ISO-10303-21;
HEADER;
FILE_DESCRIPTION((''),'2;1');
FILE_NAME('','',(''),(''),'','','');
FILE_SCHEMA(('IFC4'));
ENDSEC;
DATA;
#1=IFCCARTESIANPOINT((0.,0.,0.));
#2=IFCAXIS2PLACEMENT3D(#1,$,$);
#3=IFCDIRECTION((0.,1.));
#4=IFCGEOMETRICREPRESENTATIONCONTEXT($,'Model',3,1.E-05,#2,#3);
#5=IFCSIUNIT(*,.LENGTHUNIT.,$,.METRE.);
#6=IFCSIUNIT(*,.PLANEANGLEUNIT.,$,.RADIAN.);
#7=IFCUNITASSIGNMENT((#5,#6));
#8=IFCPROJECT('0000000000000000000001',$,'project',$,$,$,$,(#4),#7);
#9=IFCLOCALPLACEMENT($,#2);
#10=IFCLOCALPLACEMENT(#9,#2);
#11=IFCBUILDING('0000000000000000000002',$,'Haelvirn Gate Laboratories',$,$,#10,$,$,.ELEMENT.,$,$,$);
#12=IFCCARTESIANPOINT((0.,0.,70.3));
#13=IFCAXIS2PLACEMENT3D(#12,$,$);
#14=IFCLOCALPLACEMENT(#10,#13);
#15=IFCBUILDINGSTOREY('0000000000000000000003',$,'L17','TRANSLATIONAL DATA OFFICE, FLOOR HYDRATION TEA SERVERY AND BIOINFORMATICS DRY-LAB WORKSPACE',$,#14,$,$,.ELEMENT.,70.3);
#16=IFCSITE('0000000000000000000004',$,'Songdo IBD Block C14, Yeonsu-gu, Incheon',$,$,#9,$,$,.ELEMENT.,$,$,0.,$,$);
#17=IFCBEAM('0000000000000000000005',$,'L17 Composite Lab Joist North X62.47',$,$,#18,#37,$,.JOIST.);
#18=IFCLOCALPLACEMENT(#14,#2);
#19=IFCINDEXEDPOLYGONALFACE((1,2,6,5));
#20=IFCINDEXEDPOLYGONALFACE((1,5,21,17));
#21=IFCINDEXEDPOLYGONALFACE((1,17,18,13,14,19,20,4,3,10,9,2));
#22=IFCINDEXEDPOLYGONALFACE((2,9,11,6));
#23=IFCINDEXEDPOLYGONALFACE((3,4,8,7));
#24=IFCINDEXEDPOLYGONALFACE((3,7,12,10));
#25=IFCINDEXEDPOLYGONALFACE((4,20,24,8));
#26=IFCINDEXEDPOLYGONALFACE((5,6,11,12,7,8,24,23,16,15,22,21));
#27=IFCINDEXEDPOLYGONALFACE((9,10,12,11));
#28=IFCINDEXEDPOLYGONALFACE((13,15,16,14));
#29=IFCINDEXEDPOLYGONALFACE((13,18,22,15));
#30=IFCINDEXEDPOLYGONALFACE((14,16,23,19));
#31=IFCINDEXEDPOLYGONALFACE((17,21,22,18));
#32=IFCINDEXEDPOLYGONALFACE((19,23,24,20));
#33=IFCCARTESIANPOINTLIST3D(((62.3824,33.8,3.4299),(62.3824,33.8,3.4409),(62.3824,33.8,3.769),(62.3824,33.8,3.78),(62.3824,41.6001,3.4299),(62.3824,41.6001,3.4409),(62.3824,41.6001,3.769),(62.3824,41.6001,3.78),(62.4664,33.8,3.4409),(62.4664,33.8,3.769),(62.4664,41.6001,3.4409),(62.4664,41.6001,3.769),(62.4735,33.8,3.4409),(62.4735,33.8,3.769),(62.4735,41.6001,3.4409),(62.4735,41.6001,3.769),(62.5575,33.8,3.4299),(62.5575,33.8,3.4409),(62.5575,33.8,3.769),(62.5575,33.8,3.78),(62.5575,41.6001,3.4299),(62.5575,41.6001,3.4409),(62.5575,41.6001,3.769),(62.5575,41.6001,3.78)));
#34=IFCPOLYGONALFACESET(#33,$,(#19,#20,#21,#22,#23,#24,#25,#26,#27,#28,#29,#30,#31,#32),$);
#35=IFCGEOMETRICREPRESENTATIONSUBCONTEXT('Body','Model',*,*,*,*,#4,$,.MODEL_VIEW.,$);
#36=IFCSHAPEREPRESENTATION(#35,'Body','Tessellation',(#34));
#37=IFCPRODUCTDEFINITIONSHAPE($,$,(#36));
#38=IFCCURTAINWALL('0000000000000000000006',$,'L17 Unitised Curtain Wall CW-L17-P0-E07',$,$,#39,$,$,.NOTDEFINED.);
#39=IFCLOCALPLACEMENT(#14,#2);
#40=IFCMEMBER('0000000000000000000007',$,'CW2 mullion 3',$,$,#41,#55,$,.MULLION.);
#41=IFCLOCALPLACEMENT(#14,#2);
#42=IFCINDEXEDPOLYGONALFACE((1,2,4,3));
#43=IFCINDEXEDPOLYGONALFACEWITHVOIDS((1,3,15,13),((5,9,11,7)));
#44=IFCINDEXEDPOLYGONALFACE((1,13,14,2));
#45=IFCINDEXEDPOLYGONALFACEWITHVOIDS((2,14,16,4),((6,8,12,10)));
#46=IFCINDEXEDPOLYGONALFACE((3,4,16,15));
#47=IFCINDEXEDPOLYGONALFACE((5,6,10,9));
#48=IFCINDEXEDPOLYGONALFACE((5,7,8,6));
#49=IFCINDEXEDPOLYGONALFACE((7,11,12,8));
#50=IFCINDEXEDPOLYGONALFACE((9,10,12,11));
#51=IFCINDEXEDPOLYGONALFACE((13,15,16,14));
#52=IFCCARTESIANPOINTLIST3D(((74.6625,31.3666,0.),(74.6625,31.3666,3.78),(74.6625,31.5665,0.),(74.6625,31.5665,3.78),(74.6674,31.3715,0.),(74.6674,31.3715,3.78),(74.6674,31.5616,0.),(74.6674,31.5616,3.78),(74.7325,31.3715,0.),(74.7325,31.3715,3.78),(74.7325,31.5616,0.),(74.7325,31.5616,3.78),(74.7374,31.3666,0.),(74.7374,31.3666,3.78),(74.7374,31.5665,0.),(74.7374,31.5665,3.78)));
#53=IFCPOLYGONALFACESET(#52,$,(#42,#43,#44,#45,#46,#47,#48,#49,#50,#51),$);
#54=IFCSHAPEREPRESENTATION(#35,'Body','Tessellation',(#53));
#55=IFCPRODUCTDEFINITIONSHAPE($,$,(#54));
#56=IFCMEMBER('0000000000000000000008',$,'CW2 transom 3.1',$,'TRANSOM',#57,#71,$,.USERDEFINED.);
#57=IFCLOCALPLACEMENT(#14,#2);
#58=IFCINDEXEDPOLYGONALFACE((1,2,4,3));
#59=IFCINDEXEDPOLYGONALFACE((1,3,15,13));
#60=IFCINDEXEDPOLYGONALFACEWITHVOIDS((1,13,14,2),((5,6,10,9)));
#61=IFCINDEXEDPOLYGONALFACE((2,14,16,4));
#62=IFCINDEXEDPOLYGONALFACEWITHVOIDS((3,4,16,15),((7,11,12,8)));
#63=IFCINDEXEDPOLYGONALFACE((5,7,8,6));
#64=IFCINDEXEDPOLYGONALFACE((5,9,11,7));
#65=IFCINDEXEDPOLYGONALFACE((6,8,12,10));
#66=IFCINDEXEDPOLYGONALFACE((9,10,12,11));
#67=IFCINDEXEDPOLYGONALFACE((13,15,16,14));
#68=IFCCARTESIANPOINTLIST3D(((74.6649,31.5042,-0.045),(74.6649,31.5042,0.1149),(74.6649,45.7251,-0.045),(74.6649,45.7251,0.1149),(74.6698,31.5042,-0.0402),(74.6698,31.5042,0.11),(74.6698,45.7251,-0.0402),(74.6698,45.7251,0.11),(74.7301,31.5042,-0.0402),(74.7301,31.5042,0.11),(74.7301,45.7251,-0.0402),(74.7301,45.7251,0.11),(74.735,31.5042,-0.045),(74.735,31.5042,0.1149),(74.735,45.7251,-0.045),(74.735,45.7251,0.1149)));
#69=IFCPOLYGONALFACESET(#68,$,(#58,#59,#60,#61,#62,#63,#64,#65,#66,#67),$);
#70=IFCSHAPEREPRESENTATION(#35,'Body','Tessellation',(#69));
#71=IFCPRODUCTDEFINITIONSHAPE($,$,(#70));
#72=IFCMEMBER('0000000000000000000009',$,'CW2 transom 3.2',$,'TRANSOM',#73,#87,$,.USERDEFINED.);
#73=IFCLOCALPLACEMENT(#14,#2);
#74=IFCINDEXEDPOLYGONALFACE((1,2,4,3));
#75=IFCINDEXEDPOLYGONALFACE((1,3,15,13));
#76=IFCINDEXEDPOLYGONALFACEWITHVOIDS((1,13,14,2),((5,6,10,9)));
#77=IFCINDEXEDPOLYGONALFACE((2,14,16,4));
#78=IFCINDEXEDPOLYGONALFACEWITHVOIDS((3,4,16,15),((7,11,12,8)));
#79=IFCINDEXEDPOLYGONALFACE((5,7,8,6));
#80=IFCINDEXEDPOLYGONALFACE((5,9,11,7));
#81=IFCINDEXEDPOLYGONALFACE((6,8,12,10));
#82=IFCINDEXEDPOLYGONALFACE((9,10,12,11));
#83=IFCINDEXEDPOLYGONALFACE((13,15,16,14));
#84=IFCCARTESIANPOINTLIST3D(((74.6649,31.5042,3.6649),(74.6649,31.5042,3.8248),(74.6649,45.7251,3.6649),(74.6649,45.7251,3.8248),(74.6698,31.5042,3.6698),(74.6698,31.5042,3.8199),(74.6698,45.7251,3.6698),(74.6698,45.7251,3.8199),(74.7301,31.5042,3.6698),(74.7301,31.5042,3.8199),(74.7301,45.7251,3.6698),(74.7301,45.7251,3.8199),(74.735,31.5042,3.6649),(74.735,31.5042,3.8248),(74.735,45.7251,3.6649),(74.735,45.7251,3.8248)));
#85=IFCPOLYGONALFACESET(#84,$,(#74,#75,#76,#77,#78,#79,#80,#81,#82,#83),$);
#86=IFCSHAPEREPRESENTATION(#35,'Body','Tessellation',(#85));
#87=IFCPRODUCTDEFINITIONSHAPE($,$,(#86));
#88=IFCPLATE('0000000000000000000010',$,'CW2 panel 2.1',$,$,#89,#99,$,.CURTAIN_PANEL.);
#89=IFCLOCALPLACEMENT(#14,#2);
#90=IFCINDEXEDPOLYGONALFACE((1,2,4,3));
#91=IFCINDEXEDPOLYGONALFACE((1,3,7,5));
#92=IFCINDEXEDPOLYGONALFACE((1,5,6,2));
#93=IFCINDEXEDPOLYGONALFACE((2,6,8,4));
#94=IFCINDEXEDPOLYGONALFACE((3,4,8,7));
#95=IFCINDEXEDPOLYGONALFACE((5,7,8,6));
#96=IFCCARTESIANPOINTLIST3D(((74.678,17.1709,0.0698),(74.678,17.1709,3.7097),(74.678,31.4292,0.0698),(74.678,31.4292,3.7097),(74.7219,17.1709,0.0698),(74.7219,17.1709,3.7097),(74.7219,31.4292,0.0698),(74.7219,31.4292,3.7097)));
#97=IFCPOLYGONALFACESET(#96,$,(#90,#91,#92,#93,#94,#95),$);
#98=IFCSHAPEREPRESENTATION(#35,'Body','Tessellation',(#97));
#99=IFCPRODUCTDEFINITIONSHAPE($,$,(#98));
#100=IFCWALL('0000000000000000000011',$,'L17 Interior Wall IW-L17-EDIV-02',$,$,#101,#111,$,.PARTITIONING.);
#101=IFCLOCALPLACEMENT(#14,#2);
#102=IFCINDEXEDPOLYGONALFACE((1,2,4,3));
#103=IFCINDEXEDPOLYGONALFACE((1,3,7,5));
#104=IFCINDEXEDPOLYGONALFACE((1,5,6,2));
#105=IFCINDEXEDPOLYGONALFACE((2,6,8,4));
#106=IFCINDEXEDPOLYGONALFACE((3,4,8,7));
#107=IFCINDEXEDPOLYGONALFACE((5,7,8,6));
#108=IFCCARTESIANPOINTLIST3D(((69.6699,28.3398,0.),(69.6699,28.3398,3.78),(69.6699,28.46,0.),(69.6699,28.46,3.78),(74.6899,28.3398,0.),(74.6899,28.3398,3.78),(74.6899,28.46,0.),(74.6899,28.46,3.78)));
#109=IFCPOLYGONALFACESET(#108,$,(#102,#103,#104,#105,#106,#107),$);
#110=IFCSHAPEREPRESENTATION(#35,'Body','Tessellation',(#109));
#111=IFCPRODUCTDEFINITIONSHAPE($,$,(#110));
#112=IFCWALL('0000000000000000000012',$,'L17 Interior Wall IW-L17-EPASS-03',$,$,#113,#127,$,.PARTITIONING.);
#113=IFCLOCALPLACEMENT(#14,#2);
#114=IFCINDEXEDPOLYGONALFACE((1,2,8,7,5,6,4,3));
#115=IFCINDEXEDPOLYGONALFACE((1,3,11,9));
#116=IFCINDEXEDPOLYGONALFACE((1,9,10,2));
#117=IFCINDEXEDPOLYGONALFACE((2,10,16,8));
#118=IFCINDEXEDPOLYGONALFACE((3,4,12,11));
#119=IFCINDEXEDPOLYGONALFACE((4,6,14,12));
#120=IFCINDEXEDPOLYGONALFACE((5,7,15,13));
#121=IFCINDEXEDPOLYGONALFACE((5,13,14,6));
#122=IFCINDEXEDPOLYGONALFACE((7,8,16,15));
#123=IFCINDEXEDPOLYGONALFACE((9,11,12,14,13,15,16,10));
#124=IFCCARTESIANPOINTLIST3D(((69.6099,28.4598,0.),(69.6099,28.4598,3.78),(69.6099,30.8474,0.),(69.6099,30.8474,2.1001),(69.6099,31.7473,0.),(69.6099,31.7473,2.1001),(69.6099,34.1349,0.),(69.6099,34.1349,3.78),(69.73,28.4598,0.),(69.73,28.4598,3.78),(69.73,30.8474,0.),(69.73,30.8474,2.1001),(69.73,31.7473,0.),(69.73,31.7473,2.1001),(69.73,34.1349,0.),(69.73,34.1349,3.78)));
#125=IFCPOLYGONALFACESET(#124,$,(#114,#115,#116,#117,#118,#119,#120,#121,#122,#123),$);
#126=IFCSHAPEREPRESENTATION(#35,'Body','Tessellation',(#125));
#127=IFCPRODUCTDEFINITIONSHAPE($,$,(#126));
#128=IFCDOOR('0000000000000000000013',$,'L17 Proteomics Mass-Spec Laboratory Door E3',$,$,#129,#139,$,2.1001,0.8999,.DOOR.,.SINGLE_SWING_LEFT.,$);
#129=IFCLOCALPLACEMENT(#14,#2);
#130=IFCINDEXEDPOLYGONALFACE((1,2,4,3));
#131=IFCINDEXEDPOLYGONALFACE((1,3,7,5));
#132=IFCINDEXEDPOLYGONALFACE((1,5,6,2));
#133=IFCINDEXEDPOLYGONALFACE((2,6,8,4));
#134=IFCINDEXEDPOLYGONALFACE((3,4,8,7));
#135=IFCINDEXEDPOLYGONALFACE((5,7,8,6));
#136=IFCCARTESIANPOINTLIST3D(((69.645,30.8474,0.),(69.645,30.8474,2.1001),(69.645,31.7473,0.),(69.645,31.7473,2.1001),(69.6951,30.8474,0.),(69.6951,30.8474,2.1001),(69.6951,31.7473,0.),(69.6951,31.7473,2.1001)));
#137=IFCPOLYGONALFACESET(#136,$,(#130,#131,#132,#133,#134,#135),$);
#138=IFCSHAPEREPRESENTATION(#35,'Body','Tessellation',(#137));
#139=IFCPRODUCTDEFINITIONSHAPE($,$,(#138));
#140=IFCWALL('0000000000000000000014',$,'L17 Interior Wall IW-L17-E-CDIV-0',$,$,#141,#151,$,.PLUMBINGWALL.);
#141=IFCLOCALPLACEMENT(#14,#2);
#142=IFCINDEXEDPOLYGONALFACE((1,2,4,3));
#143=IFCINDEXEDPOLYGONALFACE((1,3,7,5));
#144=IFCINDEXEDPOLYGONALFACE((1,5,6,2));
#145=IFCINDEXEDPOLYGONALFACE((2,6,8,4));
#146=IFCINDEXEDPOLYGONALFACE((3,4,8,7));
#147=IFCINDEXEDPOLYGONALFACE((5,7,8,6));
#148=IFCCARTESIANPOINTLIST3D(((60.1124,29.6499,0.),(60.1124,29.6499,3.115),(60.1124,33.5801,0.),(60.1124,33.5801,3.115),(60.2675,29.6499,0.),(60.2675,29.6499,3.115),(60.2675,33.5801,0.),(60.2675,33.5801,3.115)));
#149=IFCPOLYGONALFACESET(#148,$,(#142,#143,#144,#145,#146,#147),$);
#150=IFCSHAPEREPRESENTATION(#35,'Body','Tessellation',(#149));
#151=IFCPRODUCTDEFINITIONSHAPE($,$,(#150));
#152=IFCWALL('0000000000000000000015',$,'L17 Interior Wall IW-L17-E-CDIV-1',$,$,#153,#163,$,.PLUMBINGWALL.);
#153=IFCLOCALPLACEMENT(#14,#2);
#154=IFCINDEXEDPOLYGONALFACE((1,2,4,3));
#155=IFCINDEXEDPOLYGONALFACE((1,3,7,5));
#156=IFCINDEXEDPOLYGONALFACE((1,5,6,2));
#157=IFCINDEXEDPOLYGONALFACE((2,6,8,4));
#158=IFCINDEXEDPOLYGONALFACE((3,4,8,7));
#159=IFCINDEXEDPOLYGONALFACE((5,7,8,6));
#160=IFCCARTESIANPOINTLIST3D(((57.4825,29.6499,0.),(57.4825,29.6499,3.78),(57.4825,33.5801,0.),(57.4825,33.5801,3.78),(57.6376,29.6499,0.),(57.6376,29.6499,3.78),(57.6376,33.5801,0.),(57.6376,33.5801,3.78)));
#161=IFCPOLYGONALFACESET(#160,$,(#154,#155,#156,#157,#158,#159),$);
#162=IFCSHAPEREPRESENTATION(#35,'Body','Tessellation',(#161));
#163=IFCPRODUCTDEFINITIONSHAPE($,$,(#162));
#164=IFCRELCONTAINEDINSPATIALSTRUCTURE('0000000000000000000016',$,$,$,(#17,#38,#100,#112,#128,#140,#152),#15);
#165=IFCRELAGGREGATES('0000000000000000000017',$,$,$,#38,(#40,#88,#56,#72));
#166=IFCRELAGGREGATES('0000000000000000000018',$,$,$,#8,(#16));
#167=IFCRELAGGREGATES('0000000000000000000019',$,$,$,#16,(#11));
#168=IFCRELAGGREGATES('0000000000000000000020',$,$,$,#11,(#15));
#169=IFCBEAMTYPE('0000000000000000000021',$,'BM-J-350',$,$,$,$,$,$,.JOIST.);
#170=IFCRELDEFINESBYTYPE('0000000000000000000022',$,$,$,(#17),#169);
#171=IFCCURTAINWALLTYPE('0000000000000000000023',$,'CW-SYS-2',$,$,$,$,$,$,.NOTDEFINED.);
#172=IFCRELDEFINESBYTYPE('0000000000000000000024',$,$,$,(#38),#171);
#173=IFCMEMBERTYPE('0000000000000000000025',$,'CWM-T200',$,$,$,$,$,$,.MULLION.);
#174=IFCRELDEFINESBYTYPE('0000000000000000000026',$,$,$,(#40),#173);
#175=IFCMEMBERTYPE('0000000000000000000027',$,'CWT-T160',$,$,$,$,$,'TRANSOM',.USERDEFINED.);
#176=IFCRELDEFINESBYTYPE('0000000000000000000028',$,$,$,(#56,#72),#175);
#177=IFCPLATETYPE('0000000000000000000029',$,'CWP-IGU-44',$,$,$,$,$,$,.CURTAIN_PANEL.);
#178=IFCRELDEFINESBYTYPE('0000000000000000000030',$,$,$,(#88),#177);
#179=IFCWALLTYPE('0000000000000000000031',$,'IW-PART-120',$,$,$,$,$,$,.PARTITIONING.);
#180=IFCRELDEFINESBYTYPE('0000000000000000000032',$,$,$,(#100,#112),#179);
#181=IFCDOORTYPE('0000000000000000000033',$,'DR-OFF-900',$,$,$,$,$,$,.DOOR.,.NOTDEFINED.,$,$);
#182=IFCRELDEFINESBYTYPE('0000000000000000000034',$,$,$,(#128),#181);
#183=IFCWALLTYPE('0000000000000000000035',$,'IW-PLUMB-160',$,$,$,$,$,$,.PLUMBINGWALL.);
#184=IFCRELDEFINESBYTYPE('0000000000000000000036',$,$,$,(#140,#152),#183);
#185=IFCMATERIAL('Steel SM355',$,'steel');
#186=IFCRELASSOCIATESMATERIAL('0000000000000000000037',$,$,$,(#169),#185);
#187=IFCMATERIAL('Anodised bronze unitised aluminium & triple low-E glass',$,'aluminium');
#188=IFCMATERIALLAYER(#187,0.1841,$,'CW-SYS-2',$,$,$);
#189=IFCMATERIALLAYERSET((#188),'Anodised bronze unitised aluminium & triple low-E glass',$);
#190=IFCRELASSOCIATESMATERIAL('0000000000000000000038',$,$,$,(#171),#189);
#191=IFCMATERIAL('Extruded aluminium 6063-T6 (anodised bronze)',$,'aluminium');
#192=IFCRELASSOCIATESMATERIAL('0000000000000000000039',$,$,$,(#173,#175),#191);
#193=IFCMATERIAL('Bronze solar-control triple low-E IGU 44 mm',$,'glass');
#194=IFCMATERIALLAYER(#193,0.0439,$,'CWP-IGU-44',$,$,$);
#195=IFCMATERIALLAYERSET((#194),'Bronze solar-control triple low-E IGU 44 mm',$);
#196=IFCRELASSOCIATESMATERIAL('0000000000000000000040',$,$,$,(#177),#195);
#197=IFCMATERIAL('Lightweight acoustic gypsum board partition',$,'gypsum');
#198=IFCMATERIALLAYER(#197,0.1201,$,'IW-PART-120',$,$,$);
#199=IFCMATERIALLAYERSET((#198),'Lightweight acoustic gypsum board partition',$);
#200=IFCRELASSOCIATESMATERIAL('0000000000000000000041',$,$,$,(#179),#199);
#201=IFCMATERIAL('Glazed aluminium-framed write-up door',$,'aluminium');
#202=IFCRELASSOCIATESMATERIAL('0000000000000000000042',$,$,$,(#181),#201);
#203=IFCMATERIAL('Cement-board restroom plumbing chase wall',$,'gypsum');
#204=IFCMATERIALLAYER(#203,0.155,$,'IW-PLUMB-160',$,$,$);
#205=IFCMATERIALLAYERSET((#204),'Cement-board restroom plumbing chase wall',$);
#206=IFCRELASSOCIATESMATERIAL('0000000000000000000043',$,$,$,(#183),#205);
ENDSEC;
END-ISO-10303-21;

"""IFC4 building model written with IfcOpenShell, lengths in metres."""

from ifc_helpers import new_model, si_unit, direction, frame, frame_2d, origin, origin_2d, place, context, subcontext, project, spatial, rectangle, hollow_rectangle, i_section, extrude, source, transform, mapped, material, layer, layer_set, material_profile, profile_set, type_object, type_shapes, element, fill, aggregate, save


model = new_model("IFC4")

# Units and contexts
model_context = context("Model", 3, precision=1e-05, world=origin(), true_north=direction((0.0, 1.0)))
body_context = subcontext(model_context, "Body", "Model", "MODEL_VIEW")
ifc_project = project(units=[si_unit("LENGTHUNIT", "METRE"), si_unit("PLANEANGLEUNIT", "RADIAN")], contexts=[model_context])

# Site, building, storey
site_placement = place(None, origin())
site = spatial("IfcSite", under=ifc_project, at=site_placement, Name="Songdo IBD Block C14, Yeonsu-gu, Incheon", CompositionType="ELEMENT", RefElevation=0.0)
building_placement = place(site_placement, origin())
building = spatial("IfcBuilding", under=site, at=building_placement, Name="Haelvirn Gate Laboratories", CompositionType="ELEMENT")
storey_placement = place(building_placement, frame((0.0, 0.0, 70.3)))
storey = spatial("IfcBuildingStorey", under=building, at=storey_placement, Name="L17", Description="TRANSLATIONAL DATA OFFICE, FLOOR HYDRATION TEA SERVERY AND BIOINFORMATICS DRY-LAB WORKSPACE", CompositionType="ELEMENT", Elevation=70.3)

# Beam
ifc_material_1 = material(Name="Steel SM355", Category="steel")
ifc_material_profile_1 = material_profile(ifc_material_1, i_section(OverallWidth=0.175, OverallDepth=0.3501, WebThickness=0.0071, FlangeThickness=0.011, at=origin_2d()), Name="H-350x175x7x11")
ifc_profile_set_1 = profile_set([ifc_material_profile_1], Name="Steel SM355")
beam_type = type_object("IfcBeamType", Name="BM-J-350", PredefinedType="JOIST", material=ifc_profile_set_1)
shared_shape_1 = source(origin(), body_context, "Body", "SweptSolid", [
    extrude(i_section(OverallWidth=0.175, OverallDepth=0.3501, WebThickness=0.0071, FlangeThickness=0.011, at=origin_2d()), origin(), (0.0, 0.0, 1.0), 7.8),
])
type_shapes(beam_type, [shared_shape_1])
beam_placement = place(storey_placement, frame((62.47, 33.8, 3.605), z_axis=(0.0, 1.0, 0.0), x_axis=(-1.0, 0.0, 0.0)))
element("IfcBeam", 1, at=beam_placement, inside=storey, type_object=beam_type, Name="L17 Composite Lab Joist North X62.47", PredefinedType="JOIST", context=body_context, shape_type="MappedRepresentation", body=[
    mapped(shared_shape_1, transform((0.0, 0.0, 0.0), scale=1.0)),
])

# Curtain wall, members, plate
ifc_material_2 = material(Name="Anodised bronze unitised aluminium & triple low-E glass", Category="aluminium")
ifc_layer_1 = layer(ifc_material_2, 0.1841, Name="CW-SYS-2")
ifc_layer_set_1 = layer_set([ifc_layer_1], Name="Anodised bronze unitised aluminium & triple low-E glass")
curtain_wall_type = type_object("IfcCurtainWallType", Name="CW-SYS-2", PredefinedType="NOTDEFINED", material=ifc_layer_set_1)
curtain_wall_placement = place(storey_placement, origin())
curtain_wall = element("IfcCurtainWall", 2, at=curtain_wall_placement, inside=storey, type_object=curtain_wall_type, Name="L17 Unitised Curtain Wall CW-L17-P0-E07", PredefinedType="NOTDEFINED")
ifc_material_3 = material(Name="Extruded aluminium 6063-T6 (anodised bronze)", Category="aluminium")
ifc_material_profile_2 = material_profile(ifc_material_3, hollow_rectangle(XDim=0.075, YDim=0.2, WallThickness=0.0049, at=origin_2d()), Name="CWM-200x75x5")
ifc_profile_set_2 = profile_set([ifc_material_profile_2], Name="Extruded aluminium 6063-T6 (anodised bronze)")
member_type_1 = type_object("IfcMemberType", Name="CWM-T200", PredefinedType="MULLION", material=ifc_profile_set_2)
shared_shape_2 = source(origin(), body_context, "Body", "SweptSolid", [
    extrude(hollow_rectangle(XDim=0.075, YDim=0.2, WallThickness=0.0049, at=origin_2d()), origin(), (0.0, 0.0, 1.0), 3.78),
])
type_shapes(member_type_1, [shared_shape_2])
member_1_placement = place(storey_placement, frame((74.7, 31.4666, 0.0), z_axis=(0.0, 0.0, 1.0), x_axis=(-1.0, 0.0, 0.0)))
member_1 = element("IfcMember", 3, at=member_1_placement, type_object=member_type_1, Name="CW2 mullion 3", PredefinedType="MULLION", context=body_context, shape_type="MappedRepresentation", body=[
    mapped(shared_shape_2, transform((0.0, 0.0, 0.0), scale=1.0)),
])
ifc_material_profile_3 = material_profile(ifc_material_3, hollow_rectangle(XDim=0.0701, YDim=0.1599, WallThickness=0.0049, at=origin_2d()), Name="CWT-160x70x5")
ifc_profile_set_3 = profile_set([ifc_material_profile_3], Name="Extruded aluminium 6063-T6 (anodised bronze)")
member_type_2 = type_object("IfcMemberType", Name="CWT-T160", ElementType="TRANSOM", PredefinedType="USERDEFINED", material=ifc_profile_set_3)
shared_shape_3 = source(origin(), body_context, "Body", "SweptSolid", [
    extrude(hollow_rectangle(XDim=0.0701, YDim=0.1599, WallThickness=0.0049, at=origin_2d()), origin(), (0.0, 0.0, 1.0), 14.2209),
])
type_shapes(member_type_2, [shared_shape_3])
member_2_placement = place(storey_placement, frame((74.7, 31.5042, 0.0349), z_axis=(0.0, 1.0, 0.0), x_axis=(-1.0, 0.0, 0.0)))
member_2 = element("IfcMember", 4, at=member_2_placement, type_object=member_type_2, Name="CW2 transom 3.1", ObjectType="TRANSOM", PredefinedType="USERDEFINED", context=body_context, shape_type="MappedRepresentation", body=[
    mapped(shared_shape_3, transform((0.0, 0.0, 0.0), scale=1.0)),
])
member_3_placement = place(storey_placement, frame((74.7, 31.5042, 3.7449), z_axis=(0.0, 1.0, 0.0), x_axis=(-1.0, 0.0, 0.0)))
member_3 = element("IfcMember", 5, at=member_3_placement, type_object=member_type_2, Name="CW2 transom 3.2", ObjectType="TRANSOM", PredefinedType="USERDEFINED", context=body_context, shape_type="MappedRepresentation", body=[
    mapped(shared_shape_3, transform((0.0, 0.0, 0.0), scale=1.0)),
])
ifc_material_4 = material(Name="Bronze solar-control triple low-E IGU 44 mm", Category="glass")
ifc_layer_2 = layer(ifc_material_4, 0.0439, Name="CWP-IGU-44")
ifc_layer_set_2 = layer_set([ifc_layer_2], Name="Bronze solar-control triple low-E IGU 44 mm")
plate_type = type_object("IfcPlateType", Name="CWP-IGU-44", PredefinedType="CURTAIN_PANEL", material=ifc_layer_set_2)
shared_shape_4 = source(origin(), body_context, "Body", "SweptSolid", [
    extrude(rectangle(XDim=14.2583, YDim=0.0439, at=origin_2d()), origin(), (0.0, 0.0, 1.0), 3.6399),
])
type_shapes(plate_type, [shared_shape_4])
plate_placement = place(storey_placement, frame((74.7, 24.3, 0.0698), z_axis=(0.0, 0.0, 1.0), x_axis=(0.0, 1.0, 0.0)))
plate = element("IfcPlate", 6, at=plate_placement, type_object=plate_type, Name="CW2 panel 2.1", PredefinedType="CURTAIN_PANEL", context=body_context, shape_type="MappedRepresentation", body=[
    mapped(shared_shape_4, transform((0.0, 0.0, 0.0), scale=1.0)),
])
aggregate(curtain_wall, [member_1, plate, member_2, member_3])

# Wall
ifc_material_5 = material(Name="Lightweight acoustic gypsum board partition", Category="gypsum")
ifc_layer_3 = layer(ifc_material_5, 0.1201, Name="IW-PART-120")
ifc_layer_set_3 = layer_set([ifc_layer_3], Name="Lightweight acoustic gypsum board partition")
wall_type_1 = type_object("IfcWallType", Name="IW-PART-120", PredefinedType="PARTITIONING", material=ifc_layer_set_3)
wall_1_placement = place(storey_placement, frame((69.6699, 28.3999, 0.0), z_axis=(0.0, 0.0, 1.0), x_axis=(1.0, 0.0, 0.0)))
element("IfcWall", 7, at=wall_1_placement, inside=storey, type_object=wall_type_1, Name="L17 Interior Wall IW-L17-EDIV-02", PredefinedType="PARTITIONING", context=body_context, shape_type="SweptSolid", body=[
    extrude(rectangle(XDim=5.02, YDim=0.1201, at=frame_2d((2.51, 0.0))), origin(), (0.0, 0.0, 1.0), 3.78),
])

# Wall, opening, door
wall_2_placement = place(storey_placement, frame((69.6699, 28.46, 0.0), z_axis=(0.0, 0.0, 1.0), x_axis=(0.0, 1.0, 0.0)))
wall_2 = element("IfcWall", 8, at=wall_2_placement, inside=storey, type_object=wall_type_1, Name="L17 Interior Wall IW-L17-EPASS-03", PredefinedType="PARTITIONING", context=body_context, shape_type="SweptSolid", body=[
    extrude(rectangle(XDim=5.675, YDim=0.1201, at=frame_2d((2.8374, 0.0))), origin(), (0.0, 0.0, 1.0), 3.78),
])
opening_1_placement = place(wall_2_placement, frame((2.3875, 0.0, 0.0)))
opening_1 = element("IfcOpeningElement", 9, at=opening_1_placement, cuts=wall_2, PredefinedType="OPENING", context=body_context, shape_type="SweptSolid", body=[
    extrude(rectangle(XDim=0.8999, YDim=2.1001, at=frame_2d((0.45, 1.05))), frame((0.0, 0.0701, 0.0), z_axis=(0.0, -1.0, 0.0), x_axis=(1.0, 0.0, 0.0)), (0.0, 0.0, 1.0), 0.1401),
])
ifc_material_6 = material(Name="Glazed aluminium-framed write-up door", Category="aluminium")
door_type_1 = type_object("IfcDoorType", Name="DR-OFF-900", OperationType="NOTDEFINED", PredefinedType="DOOR", material=ifc_material_6)
shared_shape_5 = source(origin(), body_context, "Body", "SweptSolid", [
    extrude(rectangle(XDim=0.8999, YDim=2.1001, at=frame_2d((0.45, 1.05))), frame((0.0, 0.0249, 0.0), z_axis=(0.0, -1.0, 0.0), x_axis=(1.0, 0.0, 0.0)), (0.0, 0.0, 1.0), 0.05),
])
type_shapes(door_type_1, [shared_shape_5])
door_1_placement = place(opening_1_placement, origin())
door_1 = element("IfcDoor", 10, at=door_1_placement, inside=storey, type_object=door_type_1, Name="L17 Proteomics Mass-Spec Laboratory Door E3", OperationType="SINGLE_SWING_LEFT", OverallHeight=2.1001, OverallWidth=0.8999, PredefinedType="DOOR", context=body_context, shape_type="MappedRepresentation", body=[
    mapped(shared_shape_5, transform((0.0, 0.0, 0.0), scale=1.0)),
])
fill(opening_1, door_1)

# Walls
ifc_material_7 = material(Name="Cement-board restroom plumbing chase wall", Category="gypsum")
ifc_layer_4 = layer(ifc_material_7, 0.155, Name="IW-PLUMB-160")
ifc_layer_set_4 = layer_set([ifc_layer_4], Name="Cement-board restroom plumbing chase wall")
wall_type_2 = type_object("IfcWallType", Name="IW-PLUMB-160", PredefinedType="PLUMBINGWALL", material=ifc_layer_set_4)
wall_3_placement = place(storey_placement, frame((60.1899, 29.6499, 0.0), z_axis=(0.0, 0.0, 1.0), x_axis=(0.0, 1.0, 0.0)))
element("IfcWall", 11, at=wall_3_placement, inside=storey, type_object=wall_type_2, Name="L17 Interior Wall IW-L17-E-CDIV-0", PredefinedType="PLUMBINGWALL", context=body_context, shape_type="SweptSolid", body=[
    extrude(rectangle(XDim=3.9302, YDim=0.155, at=frame_2d((1.9651, 0.0))), origin(), (0.0, 0.0, 1.0), 3.115),
])
wall_4_placement = place(storey_placement, frame((57.5601, 29.6499, 0.0), z_axis=(0.0, 0.0, 1.0), x_axis=(0.0, 1.0, 0.0)))
element("IfcWall", 12, at=wall_4_placement, inside=storey, type_object=wall_type_2, Name="L17 Interior Wall IW-L17-E-CDIV-1", PredefinedType="PLUMBINGWALL", context=body_context, shape_type="SweptSolid", body=[
    extrude(rectangle(XDim=3.9302, YDim=0.155, at=frame_2d((1.9651, 0.0))), origin(), (0.0, 0.0, 1.0), 3.78),
])

save(model, "model.ifc")
